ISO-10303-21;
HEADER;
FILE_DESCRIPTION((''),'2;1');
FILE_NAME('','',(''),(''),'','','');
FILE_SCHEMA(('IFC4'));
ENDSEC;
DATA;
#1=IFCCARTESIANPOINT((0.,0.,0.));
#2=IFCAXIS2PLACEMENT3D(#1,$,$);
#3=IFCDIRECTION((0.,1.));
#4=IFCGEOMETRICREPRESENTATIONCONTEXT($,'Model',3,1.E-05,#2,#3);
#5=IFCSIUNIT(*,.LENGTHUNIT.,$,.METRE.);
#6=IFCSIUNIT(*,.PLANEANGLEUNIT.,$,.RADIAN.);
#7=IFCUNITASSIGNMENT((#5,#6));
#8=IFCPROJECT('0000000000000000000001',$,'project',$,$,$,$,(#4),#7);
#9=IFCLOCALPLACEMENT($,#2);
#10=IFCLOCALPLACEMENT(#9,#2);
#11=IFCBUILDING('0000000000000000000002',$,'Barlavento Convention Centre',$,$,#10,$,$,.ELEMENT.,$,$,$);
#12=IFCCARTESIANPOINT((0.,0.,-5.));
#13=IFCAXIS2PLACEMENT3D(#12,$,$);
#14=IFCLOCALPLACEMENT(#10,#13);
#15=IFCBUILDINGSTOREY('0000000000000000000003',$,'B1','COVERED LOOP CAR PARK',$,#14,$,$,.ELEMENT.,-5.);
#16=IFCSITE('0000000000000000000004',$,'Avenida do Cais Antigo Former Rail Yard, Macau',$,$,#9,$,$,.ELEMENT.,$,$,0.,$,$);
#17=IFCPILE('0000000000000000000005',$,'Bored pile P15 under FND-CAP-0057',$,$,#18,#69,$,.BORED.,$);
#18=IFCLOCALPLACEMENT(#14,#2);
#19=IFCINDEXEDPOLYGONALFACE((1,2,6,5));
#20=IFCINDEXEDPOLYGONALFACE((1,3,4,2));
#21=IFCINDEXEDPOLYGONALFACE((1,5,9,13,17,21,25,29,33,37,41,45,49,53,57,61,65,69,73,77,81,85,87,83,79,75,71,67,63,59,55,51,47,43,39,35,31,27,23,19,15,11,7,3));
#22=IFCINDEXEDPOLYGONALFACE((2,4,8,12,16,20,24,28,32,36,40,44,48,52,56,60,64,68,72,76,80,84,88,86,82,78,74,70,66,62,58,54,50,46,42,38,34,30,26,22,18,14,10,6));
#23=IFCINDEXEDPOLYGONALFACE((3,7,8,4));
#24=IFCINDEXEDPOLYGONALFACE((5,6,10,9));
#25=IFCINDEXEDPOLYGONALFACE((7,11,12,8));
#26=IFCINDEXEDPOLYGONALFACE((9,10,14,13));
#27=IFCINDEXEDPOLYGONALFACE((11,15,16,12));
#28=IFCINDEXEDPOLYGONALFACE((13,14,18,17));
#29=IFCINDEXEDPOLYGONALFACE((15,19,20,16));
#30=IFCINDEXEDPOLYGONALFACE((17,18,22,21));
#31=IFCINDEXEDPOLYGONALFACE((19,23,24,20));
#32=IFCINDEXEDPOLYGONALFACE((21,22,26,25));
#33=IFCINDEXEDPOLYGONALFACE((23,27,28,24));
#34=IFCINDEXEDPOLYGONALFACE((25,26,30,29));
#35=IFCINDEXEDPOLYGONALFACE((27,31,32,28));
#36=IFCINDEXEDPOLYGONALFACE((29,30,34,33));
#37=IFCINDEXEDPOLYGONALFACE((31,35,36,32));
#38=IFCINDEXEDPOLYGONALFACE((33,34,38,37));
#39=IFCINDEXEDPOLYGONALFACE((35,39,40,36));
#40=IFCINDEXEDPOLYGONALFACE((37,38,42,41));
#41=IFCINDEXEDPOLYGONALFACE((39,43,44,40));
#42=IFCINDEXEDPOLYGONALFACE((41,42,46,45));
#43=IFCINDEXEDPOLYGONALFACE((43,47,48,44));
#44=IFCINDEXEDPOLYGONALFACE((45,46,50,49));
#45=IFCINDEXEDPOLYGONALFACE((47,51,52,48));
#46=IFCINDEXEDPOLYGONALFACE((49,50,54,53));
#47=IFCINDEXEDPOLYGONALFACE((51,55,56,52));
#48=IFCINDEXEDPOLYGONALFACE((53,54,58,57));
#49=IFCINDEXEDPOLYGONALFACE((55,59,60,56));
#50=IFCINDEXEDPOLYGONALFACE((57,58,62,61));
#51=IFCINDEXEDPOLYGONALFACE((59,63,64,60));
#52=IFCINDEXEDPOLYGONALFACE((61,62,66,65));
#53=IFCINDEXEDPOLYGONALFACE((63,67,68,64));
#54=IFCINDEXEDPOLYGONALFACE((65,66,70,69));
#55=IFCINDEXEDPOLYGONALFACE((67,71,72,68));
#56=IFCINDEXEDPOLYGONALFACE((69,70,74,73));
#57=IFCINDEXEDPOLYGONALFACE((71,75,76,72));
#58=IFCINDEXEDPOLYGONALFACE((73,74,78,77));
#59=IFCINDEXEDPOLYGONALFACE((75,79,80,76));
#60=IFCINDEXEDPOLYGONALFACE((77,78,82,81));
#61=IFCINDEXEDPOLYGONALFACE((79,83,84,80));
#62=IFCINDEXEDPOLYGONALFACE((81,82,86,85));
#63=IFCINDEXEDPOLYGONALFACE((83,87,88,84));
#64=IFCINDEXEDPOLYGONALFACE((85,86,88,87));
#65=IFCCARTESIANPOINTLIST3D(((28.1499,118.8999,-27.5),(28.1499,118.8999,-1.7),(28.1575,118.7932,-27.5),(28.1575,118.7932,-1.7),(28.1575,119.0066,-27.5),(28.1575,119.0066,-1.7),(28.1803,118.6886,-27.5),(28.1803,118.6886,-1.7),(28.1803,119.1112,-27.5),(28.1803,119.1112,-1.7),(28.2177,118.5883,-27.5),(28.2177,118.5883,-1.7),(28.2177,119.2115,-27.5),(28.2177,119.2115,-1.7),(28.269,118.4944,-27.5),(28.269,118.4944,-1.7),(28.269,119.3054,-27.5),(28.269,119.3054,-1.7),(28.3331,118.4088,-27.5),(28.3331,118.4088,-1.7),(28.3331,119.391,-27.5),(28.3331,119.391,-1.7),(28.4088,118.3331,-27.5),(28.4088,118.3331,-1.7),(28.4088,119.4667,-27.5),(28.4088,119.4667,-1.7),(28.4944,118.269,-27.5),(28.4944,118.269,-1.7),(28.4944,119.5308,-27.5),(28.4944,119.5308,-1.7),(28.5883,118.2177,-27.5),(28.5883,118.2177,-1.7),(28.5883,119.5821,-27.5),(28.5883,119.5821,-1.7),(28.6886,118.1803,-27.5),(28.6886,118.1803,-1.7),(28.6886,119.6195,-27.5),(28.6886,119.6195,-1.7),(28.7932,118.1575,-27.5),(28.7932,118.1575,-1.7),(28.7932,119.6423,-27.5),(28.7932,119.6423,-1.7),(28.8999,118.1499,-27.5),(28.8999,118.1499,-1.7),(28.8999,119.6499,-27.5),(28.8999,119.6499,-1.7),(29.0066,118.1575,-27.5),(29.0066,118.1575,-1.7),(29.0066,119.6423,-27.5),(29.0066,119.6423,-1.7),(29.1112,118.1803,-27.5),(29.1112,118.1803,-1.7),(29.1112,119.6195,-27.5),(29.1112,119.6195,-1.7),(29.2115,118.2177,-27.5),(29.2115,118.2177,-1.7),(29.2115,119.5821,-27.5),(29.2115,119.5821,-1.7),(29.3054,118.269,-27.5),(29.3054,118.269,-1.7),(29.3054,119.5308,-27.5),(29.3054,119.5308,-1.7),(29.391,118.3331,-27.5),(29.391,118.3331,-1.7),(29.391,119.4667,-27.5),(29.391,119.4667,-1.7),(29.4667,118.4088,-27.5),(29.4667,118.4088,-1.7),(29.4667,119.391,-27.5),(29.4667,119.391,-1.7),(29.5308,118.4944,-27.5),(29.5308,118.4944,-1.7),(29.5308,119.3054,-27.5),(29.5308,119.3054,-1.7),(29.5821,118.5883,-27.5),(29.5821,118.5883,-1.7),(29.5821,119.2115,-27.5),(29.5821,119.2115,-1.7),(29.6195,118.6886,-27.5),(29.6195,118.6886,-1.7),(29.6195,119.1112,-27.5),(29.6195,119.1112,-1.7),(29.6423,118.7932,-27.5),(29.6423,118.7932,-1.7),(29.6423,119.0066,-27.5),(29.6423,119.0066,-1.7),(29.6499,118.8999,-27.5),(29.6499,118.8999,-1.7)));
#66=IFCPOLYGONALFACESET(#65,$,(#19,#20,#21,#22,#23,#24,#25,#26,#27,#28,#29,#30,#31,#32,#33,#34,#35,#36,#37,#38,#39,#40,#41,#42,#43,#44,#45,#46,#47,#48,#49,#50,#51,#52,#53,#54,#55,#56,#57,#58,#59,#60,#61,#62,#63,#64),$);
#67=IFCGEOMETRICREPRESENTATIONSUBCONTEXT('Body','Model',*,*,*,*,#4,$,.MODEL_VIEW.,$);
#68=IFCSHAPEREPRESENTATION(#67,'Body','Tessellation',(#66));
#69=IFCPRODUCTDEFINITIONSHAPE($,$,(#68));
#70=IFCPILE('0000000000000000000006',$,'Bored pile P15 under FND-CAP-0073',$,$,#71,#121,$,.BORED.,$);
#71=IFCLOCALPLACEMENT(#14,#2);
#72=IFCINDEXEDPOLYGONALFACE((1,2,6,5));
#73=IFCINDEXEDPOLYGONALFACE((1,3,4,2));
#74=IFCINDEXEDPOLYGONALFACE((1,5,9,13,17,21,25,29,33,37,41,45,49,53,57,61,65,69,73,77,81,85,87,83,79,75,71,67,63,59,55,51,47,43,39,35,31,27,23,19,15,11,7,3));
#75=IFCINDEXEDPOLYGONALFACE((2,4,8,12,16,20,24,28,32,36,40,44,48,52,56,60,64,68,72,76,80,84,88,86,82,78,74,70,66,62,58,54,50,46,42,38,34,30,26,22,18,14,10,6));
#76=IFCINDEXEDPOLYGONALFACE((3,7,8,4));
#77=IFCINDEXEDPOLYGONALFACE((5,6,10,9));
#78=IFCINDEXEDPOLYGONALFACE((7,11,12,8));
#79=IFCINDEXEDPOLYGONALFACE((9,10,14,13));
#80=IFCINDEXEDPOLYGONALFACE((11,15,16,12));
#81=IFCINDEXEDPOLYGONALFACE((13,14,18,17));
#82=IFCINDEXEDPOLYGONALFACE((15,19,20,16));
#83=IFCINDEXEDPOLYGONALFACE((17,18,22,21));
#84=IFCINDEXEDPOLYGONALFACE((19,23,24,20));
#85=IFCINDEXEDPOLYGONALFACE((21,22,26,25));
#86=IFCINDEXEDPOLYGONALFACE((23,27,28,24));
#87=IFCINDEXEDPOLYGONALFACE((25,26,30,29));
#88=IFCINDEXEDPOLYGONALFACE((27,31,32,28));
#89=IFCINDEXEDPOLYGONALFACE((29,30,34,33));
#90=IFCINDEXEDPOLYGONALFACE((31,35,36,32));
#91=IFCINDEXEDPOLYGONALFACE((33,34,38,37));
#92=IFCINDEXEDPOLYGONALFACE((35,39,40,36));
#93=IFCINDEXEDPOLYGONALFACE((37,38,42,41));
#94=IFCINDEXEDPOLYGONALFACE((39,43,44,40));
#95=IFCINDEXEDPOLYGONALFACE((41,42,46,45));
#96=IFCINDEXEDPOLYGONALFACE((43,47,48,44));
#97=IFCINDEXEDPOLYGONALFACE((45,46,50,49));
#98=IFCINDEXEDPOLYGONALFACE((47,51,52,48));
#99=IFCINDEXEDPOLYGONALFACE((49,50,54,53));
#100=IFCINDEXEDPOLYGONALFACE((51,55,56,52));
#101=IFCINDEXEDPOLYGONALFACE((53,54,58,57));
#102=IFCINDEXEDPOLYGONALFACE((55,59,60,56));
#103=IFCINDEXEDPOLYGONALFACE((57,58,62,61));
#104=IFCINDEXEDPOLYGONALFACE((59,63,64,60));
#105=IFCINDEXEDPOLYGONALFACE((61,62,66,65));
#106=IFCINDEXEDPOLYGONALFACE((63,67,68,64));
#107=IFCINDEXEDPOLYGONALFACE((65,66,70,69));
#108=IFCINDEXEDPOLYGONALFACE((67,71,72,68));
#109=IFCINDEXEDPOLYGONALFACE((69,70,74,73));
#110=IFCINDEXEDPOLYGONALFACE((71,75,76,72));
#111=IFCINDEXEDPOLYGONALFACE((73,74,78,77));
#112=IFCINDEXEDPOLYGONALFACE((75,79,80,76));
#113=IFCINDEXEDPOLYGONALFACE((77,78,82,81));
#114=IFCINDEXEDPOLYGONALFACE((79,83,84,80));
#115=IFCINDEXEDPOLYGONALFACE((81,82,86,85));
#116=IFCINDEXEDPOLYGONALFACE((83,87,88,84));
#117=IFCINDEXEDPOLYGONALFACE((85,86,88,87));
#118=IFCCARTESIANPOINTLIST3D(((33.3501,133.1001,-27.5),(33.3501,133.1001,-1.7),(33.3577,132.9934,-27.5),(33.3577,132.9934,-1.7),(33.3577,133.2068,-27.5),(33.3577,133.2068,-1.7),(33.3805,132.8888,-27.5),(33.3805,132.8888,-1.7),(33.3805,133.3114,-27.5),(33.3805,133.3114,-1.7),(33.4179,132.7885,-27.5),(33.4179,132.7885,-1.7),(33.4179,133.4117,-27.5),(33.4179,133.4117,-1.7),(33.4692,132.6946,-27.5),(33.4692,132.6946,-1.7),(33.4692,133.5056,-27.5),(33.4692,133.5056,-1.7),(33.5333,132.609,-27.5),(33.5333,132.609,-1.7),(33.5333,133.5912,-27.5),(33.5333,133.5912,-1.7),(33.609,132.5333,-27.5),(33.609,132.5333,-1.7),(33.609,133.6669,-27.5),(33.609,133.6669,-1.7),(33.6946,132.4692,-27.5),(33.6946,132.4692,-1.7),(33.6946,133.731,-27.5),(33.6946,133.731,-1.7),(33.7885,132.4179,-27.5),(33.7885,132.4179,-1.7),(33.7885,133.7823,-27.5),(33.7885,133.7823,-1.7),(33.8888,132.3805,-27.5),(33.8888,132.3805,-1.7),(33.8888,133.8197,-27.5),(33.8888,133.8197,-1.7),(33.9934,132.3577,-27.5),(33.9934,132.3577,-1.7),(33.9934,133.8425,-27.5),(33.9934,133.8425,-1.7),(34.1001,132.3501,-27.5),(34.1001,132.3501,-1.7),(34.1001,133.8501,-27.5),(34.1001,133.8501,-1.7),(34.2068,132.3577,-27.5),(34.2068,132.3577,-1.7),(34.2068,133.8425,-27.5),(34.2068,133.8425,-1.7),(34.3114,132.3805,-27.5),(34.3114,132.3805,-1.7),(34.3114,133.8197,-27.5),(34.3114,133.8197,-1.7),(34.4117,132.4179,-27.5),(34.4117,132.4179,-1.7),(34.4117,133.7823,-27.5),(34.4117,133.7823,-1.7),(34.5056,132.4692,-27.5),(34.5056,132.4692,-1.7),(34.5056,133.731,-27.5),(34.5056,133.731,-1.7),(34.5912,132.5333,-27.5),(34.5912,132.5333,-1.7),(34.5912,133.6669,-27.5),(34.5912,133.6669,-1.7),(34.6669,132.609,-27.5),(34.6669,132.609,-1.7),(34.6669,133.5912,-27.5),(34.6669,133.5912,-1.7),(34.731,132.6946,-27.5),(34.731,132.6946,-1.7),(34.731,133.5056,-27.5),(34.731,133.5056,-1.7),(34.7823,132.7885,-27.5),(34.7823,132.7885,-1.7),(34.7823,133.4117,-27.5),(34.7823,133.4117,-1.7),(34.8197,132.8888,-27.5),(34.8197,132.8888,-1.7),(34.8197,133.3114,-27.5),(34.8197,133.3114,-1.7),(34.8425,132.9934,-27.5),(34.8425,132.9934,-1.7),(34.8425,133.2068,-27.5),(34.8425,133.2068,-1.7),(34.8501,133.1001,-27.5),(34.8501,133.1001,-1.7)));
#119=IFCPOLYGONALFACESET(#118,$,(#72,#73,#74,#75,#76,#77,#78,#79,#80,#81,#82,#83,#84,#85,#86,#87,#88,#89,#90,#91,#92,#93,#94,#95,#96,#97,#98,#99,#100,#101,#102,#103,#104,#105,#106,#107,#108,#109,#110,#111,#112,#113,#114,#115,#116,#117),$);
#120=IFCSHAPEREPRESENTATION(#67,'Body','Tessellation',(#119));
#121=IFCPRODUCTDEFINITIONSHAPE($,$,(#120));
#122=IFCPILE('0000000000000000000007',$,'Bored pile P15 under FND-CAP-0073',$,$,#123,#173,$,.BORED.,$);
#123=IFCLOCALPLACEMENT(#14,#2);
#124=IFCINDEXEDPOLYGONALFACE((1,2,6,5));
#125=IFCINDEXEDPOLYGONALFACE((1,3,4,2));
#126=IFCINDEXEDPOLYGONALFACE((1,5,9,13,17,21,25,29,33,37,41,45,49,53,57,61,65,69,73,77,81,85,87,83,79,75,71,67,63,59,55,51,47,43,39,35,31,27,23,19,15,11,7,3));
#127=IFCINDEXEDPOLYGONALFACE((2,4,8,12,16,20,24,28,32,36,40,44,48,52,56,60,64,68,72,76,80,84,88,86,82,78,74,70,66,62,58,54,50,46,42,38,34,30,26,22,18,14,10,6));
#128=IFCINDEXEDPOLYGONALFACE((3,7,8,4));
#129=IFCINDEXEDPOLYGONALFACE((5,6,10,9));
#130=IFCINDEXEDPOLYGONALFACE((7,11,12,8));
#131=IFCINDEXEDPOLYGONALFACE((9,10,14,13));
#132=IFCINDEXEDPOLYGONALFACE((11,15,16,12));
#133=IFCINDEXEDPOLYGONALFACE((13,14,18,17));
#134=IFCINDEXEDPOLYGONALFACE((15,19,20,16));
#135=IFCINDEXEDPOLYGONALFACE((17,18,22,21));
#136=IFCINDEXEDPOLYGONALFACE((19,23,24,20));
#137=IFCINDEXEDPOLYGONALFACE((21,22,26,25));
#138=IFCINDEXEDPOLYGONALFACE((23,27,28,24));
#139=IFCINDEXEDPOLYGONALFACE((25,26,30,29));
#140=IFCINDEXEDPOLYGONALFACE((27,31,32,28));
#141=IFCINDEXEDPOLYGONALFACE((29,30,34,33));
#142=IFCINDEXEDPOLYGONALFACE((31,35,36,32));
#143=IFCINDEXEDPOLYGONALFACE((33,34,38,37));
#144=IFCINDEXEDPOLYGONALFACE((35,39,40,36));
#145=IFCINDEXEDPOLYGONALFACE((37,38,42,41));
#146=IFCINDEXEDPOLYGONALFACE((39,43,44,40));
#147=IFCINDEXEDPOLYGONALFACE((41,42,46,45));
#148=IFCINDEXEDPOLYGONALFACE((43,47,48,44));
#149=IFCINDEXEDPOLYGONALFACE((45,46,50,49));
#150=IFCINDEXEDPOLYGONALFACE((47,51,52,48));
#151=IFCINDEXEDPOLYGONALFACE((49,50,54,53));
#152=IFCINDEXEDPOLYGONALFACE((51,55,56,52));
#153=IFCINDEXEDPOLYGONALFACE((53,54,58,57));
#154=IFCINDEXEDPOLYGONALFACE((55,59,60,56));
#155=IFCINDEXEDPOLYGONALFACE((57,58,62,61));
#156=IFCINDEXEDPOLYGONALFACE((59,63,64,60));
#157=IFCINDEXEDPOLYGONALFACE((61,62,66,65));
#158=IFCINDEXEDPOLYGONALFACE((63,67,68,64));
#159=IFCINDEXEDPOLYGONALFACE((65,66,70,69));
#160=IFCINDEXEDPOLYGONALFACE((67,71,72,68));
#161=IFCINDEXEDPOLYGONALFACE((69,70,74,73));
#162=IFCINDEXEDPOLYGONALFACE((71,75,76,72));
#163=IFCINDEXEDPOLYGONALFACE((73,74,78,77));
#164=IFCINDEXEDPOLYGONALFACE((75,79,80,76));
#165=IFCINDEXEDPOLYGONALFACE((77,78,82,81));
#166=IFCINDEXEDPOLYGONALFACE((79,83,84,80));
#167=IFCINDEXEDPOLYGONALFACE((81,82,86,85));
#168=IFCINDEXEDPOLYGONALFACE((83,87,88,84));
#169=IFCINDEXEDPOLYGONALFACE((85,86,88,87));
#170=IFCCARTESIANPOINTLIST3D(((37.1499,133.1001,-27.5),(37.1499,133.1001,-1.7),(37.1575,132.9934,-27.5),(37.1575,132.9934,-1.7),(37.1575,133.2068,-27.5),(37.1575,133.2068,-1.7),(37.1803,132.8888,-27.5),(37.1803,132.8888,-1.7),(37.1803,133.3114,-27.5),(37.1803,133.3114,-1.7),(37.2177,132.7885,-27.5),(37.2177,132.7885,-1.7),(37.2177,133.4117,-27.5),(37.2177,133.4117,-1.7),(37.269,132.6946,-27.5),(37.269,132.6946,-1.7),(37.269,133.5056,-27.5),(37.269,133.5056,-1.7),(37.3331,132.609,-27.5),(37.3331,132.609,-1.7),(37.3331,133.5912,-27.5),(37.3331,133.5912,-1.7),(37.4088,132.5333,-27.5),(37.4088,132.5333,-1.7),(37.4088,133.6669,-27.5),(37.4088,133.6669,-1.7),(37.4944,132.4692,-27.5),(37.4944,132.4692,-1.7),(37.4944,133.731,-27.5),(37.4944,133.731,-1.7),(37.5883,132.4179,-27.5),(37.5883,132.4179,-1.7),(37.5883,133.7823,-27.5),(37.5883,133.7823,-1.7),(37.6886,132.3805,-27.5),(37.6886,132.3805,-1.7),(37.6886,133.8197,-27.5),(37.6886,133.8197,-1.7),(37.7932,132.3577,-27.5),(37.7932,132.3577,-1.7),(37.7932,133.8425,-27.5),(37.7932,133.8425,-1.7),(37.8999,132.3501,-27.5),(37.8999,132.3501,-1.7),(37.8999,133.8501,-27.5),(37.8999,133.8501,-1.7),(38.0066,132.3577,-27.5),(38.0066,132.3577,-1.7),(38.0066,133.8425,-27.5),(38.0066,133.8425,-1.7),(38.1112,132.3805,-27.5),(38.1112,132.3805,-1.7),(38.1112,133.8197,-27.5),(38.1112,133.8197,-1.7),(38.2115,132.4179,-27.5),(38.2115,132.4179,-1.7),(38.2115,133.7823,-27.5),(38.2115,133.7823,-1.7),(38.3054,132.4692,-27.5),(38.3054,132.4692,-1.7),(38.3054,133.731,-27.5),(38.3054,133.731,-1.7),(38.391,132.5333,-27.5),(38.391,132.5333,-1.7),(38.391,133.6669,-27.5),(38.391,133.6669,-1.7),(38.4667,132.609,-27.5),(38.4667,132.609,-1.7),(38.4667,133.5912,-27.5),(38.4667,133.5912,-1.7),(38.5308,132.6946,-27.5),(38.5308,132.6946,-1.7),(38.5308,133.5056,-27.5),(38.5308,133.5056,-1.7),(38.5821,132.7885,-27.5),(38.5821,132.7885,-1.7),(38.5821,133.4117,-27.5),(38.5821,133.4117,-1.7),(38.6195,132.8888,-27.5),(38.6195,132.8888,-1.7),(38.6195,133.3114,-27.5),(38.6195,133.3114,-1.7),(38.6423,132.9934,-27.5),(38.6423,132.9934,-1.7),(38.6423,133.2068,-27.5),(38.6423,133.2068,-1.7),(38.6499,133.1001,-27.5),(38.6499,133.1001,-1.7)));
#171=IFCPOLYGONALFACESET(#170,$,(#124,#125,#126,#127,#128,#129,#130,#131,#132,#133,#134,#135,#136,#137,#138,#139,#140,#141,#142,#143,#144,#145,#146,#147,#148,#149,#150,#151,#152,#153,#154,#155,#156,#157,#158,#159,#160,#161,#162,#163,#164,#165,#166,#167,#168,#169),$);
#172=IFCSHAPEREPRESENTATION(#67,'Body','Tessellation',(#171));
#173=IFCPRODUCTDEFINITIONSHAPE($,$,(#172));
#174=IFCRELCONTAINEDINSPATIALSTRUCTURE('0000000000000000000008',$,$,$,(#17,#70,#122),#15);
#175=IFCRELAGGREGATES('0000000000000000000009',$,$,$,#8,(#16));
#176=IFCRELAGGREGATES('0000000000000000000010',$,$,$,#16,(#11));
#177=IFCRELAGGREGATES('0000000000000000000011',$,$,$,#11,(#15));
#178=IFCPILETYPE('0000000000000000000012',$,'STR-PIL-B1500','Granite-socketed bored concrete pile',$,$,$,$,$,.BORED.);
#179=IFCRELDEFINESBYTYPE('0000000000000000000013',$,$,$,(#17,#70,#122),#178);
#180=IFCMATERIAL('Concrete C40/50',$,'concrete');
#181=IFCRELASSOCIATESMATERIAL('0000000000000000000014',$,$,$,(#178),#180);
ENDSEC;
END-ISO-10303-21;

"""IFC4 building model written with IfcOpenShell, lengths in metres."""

from ifc_helpers import new_model, si_unit, direction, frame, origin, origin_2d, place, context, subcontext, project, spatial, circle, extrude, material, material_profile, profile_set, type_object, element, save


model = new_model("IFC4")

# Units and contexts
model_context = context("Model", 3, precision=1e-05, world=origin(), true_north=direction((0.0, 1.0)))
body_context = subcontext(model_context, "Body", "Model", "MODEL_VIEW")
ifc_project = project(units=[si_unit("LENGTHUNIT", "METRE"), si_unit("PLANEANGLEUNIT", "RADIAN")], contexts=[model_context])

# Site, building, storey
site_placement = place(None, origin())
site = spatial("IfcSite", under=ifc_project, at=site_placement, Name="Avenida do Cais Antigo Former Rail Yard, Macau", CompositionType="ELEMENT", RefElevation=0.0)
building_placement = place(site_placement, origin())
building = spatial("IfcBuilding", under=site, at=building_placement, Name="Barlavento Convention Centre", CompositionType="ELEMENT")
storey_placement = place(building_placement, frame((0.0, 0.0, -5.0)))
storey = spatial("IfcBuildingStorey", under=building, at=storey_placement, Name="B1", Description="COVERED LOOP CAR PARK", CompositionType="ELEMENT", Elevation=-5.0)

# Shared definitions
ifc_material_1 = material(Name="Concrete C40/50", Category="concrete")

# Piles
ifc_material_profile_1 = material_profile(ifc_material_1, circle(Radius=0.75, at=origin_2d()), Name="BORED PILE 1500")
ifc_profile_set_1 = profile_set([ifc_material_profile_1], Name="Concrete C40/50")
pile_type_1 = type_object("IfcPileType", Name="STR-PIL-B1500", Description="Granite-socketed bored concrete pile", PredefinedType="BORED", material=ifc_profile_set_1)
for number, where, z_axis, x_axis, name in (
    (1, (28.8999, 118.8999, -1.7), (0.0, 0.0, -1.0), (1.0, 0.0, 0.0), "Bored pile P15 under FND-CAP-0057"),
    (2, (34.1001, 133.1001, -1.7), (0.0, 0.0, -1.0), (1.0, 0.0, 0.0), "Bored pile P15 under FND-CAP-0073"),
    (3, (37.8999, 133.1001, -1.7), (0.0, 0.0, -1.0), (1.0, 0.0, 0.0), "Bored pile P15 under FND-CAP-0073"),
):
    element("IfcPile", number, at=place(storey_placement, frame(where, z_axis=z_axis, x_axis=x_axis)), inside=storey, type_object=pile_type_1, Name=name, PredefinedType="BORED", context=body_context, shape_type="SweptSolid", body=[
        extrude(circle(Radius=0.75, at=origin_2d()), origin(), (0.0, 0.0, 1.0), 25.8),
    ])

save(model, "model.ifc")
